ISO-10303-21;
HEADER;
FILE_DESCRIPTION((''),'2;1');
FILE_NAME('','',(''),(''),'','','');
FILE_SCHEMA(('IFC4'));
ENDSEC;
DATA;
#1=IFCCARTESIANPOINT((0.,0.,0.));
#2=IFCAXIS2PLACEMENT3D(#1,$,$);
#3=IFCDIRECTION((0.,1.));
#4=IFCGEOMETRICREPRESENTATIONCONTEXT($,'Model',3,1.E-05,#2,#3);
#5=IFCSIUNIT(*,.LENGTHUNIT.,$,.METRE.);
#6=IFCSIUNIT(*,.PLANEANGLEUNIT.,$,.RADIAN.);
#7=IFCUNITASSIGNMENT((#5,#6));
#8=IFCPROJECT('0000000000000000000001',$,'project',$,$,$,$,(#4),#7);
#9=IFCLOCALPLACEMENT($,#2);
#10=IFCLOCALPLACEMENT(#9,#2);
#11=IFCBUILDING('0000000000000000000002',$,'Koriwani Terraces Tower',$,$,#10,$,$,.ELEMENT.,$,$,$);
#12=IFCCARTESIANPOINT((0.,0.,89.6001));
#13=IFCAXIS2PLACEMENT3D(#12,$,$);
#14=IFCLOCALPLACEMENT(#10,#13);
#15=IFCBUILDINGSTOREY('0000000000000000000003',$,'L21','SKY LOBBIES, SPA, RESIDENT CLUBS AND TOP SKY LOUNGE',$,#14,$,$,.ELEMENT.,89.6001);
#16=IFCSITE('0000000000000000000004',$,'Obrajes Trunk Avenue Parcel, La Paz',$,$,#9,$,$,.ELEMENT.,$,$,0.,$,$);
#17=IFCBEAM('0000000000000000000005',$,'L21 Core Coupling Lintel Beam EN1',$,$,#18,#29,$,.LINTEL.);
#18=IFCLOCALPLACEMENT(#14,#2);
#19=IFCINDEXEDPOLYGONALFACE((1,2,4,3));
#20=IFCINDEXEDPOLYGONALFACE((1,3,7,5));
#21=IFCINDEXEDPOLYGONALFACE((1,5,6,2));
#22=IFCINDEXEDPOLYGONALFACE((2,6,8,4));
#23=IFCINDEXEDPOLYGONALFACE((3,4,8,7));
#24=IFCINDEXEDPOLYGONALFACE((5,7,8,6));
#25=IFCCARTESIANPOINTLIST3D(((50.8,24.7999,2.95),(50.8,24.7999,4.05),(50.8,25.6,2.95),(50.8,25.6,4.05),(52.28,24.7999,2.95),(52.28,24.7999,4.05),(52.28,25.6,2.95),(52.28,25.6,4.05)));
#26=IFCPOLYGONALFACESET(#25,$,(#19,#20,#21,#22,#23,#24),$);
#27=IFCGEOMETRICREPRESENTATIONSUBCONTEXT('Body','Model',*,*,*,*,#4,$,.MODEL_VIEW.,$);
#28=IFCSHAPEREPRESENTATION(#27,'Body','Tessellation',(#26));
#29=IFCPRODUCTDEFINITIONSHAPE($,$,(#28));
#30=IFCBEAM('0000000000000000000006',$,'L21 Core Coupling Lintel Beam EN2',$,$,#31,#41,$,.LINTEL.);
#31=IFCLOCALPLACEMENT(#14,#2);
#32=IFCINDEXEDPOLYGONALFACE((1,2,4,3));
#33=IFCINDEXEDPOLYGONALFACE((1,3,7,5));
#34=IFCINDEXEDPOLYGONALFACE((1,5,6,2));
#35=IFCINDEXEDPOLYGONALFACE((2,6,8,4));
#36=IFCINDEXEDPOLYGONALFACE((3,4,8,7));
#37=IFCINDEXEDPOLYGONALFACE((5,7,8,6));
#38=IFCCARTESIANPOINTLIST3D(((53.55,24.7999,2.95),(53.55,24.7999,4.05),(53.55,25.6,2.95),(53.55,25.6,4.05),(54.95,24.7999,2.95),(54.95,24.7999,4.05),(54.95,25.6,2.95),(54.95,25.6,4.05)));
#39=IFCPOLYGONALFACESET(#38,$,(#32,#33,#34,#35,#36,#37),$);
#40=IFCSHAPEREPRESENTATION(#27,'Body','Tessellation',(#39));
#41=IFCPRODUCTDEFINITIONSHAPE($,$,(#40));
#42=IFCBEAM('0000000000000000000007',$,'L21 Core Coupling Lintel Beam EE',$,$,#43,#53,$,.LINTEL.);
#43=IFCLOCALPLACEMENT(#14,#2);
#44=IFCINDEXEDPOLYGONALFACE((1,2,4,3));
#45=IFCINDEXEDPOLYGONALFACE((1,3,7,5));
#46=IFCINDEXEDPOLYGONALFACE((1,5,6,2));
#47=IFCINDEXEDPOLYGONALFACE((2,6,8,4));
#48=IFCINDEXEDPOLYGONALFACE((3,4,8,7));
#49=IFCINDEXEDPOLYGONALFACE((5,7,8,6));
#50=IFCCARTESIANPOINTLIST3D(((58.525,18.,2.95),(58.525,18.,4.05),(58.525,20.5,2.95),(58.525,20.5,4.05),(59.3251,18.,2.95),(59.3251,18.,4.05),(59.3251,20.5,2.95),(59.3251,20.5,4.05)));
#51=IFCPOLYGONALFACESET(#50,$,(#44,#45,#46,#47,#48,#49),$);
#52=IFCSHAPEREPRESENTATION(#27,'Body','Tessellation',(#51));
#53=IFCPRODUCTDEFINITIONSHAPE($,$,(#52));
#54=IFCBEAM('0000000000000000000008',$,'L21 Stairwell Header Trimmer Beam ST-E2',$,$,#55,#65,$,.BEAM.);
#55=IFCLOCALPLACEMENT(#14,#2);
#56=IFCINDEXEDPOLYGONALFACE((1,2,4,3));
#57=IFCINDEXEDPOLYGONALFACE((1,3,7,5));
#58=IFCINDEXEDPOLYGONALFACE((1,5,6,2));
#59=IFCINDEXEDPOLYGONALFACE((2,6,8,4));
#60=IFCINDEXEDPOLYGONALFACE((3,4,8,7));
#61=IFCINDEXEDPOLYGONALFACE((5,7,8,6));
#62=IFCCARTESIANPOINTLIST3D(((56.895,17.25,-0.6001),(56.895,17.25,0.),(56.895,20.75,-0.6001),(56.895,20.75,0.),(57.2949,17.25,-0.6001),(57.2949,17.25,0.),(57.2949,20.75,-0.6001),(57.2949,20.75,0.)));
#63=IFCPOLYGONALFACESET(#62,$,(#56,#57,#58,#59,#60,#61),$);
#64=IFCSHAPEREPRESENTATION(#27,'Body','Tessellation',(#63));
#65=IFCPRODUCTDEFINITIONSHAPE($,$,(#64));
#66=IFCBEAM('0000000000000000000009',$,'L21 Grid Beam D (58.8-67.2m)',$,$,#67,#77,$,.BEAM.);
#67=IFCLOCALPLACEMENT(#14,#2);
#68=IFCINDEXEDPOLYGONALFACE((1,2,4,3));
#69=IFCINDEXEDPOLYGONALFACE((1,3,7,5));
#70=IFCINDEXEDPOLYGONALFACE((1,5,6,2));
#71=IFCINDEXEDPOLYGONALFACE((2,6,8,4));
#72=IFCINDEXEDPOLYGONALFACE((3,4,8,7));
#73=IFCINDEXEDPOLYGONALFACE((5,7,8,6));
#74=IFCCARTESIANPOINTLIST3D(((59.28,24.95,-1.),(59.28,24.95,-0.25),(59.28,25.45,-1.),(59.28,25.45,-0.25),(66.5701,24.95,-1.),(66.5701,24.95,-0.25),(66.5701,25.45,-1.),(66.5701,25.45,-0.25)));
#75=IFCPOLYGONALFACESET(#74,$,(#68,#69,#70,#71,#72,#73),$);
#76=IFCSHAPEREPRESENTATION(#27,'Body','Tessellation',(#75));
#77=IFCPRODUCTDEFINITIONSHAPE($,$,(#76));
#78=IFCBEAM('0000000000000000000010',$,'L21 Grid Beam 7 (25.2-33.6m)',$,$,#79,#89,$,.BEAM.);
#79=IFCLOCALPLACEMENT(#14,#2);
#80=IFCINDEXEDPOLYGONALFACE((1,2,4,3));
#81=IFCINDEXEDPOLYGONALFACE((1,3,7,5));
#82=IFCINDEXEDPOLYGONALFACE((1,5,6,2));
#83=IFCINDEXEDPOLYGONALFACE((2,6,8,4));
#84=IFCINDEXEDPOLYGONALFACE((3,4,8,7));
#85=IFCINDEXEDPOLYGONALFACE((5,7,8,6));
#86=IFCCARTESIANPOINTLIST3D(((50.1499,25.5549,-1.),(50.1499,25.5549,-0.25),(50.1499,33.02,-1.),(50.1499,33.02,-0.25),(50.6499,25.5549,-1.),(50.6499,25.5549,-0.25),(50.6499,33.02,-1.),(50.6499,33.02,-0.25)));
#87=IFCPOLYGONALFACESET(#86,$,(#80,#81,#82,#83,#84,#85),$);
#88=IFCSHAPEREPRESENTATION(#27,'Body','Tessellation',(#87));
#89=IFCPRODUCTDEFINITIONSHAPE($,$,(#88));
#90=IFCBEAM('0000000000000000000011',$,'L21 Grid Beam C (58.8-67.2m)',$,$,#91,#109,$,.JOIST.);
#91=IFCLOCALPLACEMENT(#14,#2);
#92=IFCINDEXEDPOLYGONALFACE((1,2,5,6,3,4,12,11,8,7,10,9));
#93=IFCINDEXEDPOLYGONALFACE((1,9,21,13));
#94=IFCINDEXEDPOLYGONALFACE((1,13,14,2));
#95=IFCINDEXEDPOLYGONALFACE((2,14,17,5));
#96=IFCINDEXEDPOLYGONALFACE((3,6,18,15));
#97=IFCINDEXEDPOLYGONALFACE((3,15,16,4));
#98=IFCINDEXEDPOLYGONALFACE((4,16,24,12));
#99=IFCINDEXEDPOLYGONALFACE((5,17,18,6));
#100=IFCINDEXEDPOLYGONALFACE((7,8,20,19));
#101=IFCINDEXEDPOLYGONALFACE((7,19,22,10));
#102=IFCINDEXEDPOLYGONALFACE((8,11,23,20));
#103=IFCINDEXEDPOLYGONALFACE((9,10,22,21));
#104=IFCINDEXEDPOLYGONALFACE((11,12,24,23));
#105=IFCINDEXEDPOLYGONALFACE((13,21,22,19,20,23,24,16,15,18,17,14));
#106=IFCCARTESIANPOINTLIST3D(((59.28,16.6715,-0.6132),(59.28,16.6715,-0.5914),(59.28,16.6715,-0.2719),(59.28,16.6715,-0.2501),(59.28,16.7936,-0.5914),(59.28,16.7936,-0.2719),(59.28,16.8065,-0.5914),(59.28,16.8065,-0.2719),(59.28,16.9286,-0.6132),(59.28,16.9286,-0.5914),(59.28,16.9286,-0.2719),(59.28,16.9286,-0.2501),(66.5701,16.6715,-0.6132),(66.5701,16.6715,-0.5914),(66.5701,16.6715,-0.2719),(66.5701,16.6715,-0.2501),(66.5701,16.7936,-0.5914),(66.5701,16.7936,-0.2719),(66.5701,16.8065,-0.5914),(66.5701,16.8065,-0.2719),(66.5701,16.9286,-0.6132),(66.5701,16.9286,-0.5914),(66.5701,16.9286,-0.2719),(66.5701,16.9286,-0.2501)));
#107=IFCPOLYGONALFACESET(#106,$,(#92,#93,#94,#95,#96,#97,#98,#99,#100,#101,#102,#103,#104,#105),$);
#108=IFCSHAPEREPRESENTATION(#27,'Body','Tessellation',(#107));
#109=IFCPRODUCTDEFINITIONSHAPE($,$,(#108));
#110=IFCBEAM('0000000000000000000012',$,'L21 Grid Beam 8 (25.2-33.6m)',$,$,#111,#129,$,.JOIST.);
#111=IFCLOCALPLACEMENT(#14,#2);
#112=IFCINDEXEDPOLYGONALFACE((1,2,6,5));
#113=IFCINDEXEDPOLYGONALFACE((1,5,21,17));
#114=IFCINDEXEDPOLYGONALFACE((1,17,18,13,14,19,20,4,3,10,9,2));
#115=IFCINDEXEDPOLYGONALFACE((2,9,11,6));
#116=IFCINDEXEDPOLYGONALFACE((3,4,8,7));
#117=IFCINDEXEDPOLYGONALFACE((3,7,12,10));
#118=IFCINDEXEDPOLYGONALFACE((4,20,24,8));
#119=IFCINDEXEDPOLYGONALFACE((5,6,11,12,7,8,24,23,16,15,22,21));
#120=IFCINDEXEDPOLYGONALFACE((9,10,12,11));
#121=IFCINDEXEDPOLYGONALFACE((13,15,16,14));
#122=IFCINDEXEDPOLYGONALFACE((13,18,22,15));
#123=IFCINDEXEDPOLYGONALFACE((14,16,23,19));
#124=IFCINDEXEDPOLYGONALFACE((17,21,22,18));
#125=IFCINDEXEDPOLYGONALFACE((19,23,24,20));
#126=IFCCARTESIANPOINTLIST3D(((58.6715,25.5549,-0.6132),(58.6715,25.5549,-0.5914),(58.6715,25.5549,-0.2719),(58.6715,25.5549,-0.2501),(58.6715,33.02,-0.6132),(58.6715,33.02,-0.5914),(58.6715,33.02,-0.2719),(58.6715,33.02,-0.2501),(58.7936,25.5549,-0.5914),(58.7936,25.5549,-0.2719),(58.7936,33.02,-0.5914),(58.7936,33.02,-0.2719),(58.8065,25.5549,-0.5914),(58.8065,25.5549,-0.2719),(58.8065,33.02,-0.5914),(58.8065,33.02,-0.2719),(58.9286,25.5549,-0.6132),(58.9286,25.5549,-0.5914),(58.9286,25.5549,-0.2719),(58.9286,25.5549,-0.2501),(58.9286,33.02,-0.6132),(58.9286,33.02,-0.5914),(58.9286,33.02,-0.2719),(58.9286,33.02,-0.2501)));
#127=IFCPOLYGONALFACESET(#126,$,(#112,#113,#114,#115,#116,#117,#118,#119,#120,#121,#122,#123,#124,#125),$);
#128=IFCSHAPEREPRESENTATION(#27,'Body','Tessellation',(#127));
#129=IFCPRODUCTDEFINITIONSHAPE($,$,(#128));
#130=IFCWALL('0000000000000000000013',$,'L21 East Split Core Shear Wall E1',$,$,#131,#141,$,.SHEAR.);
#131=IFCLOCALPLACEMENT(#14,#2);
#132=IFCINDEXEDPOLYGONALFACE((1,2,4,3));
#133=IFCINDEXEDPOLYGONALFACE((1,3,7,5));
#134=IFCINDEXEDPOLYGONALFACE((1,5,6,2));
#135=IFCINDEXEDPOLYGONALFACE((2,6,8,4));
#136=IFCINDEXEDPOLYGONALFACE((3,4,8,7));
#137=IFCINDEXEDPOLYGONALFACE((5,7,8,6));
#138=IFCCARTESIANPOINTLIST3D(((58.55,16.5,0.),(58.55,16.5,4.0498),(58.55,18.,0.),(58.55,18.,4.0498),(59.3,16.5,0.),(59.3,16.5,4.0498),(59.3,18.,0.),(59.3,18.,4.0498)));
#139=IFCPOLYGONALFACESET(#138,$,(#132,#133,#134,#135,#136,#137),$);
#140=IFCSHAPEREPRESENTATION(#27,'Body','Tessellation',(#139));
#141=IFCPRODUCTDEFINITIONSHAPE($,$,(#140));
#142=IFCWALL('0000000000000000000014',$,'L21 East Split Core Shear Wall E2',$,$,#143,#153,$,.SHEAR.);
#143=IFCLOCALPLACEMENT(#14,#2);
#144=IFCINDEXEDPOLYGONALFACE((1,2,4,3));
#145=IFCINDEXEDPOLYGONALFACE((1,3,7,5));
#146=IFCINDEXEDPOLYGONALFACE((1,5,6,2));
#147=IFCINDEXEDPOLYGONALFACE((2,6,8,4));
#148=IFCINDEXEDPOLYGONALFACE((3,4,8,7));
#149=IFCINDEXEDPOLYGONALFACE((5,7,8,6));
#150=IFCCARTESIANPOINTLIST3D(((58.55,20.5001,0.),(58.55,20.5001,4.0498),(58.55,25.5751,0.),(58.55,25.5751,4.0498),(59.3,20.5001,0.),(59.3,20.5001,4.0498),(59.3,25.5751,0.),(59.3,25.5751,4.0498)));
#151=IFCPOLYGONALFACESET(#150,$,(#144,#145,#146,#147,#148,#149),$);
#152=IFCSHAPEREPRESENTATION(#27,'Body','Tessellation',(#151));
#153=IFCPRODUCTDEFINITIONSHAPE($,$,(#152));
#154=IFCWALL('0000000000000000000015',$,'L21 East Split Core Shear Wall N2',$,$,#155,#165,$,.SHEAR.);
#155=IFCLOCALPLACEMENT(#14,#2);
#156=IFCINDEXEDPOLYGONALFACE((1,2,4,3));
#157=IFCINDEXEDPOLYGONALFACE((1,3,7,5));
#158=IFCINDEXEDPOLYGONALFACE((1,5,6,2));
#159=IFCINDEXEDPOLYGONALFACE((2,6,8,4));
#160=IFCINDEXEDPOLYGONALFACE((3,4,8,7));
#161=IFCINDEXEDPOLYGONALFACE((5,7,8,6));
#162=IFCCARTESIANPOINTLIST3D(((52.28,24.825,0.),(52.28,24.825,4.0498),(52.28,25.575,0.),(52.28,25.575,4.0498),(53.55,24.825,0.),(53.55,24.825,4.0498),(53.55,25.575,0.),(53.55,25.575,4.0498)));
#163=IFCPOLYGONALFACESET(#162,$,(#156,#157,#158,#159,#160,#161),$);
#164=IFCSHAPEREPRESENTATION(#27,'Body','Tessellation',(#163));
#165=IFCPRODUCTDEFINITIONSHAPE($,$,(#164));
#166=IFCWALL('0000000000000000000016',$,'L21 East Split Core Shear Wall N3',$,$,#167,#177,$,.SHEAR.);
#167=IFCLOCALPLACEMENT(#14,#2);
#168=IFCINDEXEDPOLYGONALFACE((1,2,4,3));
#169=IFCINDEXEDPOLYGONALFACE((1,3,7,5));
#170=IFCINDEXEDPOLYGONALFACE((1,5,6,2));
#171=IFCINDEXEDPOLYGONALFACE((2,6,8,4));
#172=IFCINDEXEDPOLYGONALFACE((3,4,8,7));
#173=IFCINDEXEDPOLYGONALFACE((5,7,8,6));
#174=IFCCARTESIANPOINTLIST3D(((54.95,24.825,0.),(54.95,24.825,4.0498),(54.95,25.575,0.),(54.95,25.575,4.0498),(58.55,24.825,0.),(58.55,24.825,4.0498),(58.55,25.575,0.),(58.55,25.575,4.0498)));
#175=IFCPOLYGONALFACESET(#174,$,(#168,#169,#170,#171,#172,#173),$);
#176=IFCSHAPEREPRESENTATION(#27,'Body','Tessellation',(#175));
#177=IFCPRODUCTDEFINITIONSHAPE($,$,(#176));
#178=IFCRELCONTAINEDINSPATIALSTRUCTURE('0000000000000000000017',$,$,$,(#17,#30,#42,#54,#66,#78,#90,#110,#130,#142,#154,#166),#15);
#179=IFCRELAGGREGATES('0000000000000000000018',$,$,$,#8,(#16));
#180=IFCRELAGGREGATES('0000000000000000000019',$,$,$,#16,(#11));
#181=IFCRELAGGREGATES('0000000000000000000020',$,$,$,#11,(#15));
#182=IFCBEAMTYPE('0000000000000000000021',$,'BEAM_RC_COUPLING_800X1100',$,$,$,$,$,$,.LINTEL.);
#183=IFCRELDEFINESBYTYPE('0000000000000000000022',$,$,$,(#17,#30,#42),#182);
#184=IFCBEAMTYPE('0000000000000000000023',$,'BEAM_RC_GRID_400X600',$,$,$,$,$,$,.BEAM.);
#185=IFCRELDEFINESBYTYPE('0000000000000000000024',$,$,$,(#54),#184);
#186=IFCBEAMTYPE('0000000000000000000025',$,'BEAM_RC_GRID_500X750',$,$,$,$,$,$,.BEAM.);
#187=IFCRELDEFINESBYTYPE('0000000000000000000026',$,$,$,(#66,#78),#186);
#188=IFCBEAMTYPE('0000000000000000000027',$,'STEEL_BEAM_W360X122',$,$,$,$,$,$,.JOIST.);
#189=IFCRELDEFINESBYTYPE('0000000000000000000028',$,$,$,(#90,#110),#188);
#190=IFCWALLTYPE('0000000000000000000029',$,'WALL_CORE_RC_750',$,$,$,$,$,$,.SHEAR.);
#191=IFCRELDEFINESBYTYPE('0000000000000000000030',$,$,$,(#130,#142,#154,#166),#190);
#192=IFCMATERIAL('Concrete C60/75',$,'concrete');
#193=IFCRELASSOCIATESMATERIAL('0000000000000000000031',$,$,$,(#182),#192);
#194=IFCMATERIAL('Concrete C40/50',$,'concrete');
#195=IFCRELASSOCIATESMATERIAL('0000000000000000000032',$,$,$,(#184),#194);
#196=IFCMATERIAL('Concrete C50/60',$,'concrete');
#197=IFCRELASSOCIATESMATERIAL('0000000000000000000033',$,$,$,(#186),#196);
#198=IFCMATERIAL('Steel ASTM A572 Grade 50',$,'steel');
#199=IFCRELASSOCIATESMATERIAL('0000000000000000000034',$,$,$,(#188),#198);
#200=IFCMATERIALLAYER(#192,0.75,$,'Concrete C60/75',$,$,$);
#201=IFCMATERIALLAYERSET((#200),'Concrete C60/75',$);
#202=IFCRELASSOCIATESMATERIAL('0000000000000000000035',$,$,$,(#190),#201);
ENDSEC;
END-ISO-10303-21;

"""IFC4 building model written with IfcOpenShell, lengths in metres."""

from ifc_helpers import new_model, si_unit, direction, frame, frame_2d, origin, origin_2d, place, context, subcontext, project, spatial, rectangle, i_section, extrude, material, layer, layer_set, material_profile, profile_set, type_object, element, save


model = new_model("IFC4")

# Units and contexts
model_context = context("Model", 3, precision=1e-05, world=origin(), true_north=direction((0.0, 1.0)))
body_context = subcontext(model_context, "Body", "Model", "MODEL_VIEW")
ifc_project = project(units=[si_unit("LENGTHUNIT", "METRE"), si_unit("PLANEANGLEUNIT", "RADIAN")], contexts=[model_context])

# Site, building, storey
site_placement = place(None, origin())
site = spatial("IfcSite", under=ifc_project, at=site_placement, Name="Obrajes Trunk Avenue Parcel, La Paz", CompositionType="ELEMENT", RefElevation=0.0)
building_placement = place(site_placement, origin())
building = spatial("IfcBuilding", under=site, at=building_placement, Name="Koriwani Terraces Tower", CompositionType="ELEMENT")
storey_placement = place(building_placement, frame((0.0, 0.0, 89.6001)))
storey = spatial("IfcBuildingStorey", under=building, at=storey_placement, Name="L21", Description="SKY LOBBIES, SPA, RESIDENT CLUBS AND TOP SKY LOUNGE", CompositionType="ELEMENT", Elevation=89.6001)

# Beams
ifc_material_1 = material(Name="Concrete C60/75", Category="concrete")
ifc_material_profile_1 = material_profile(ifc_material_1, rectangle(XDim=0.8, YDim=1.1001, at=origin_2d()), Name="Concrete C60/75", Category="LoadBearing")
ifc_profile_set_1 = profile_set([ifc_material_profile_1], Name="Concrete C60/75")
beam_type_1 = type_object("IfcBeamType", Name="BEAM_RC_COUPLING_800X1100", PredefinedType="LINTEL", material=ifc_profile_set_1)
beam_1_placement = place(storey_placement, frame((50.8, 25.2, 3.5), z_axis=(1.0, 0.0, 0.0), x_axis=(0.0, 1.0, 0.0)))
element("IfcBeam", 1, at=beam_1_placement, inside=storey, type_object=beam_type_1, Name="L21 Core Coupling Lintel Beam EN1", PredefinedType="LINTEL", context=body_context, shape_type="SweptSolid", body=[
    extrude(rectangle(XDim=0.8, YDim=1.1001, at=origin_2d()), origin(), (0.0, 0.0, 1.0), 1.48),
])
beam_2_placement = place(storey_placement, frame((53.55, 25.2, 3.5), z_axis=(1.0, 0.0, 0.0), x_axis=(0.0, 1.0, 0.0)))
element("IfcBeam", 2, at=beam_2_placement, inside=storey, type_object=beam_type_1, Name="L21 Core Coupling Lintel Beam EN2", PredefinedType="LINTEL", context=body_context, shape_type="SweptSolid", body=[
    extrude(rectangle(XDim=0.8, YDim=1.1001, at=origin_2d()), origin(), (0.0, 0.0, 1.0), 1.3999),
])
beam_3_placement = place(storey_placement, frame((58.925, 18.0, 3.5), z_axis=(0.0, 1.0, 0.0), x_axis=(-1.0, 0.0, 0.0)))
element("IfcBeam", 3, at=beam_3_placement, inside=storey, type_object=beam_type_1, Name="L21 Core Coupling Lintel Beam EE", PredefinedType="LINTEL", context=body_context, shape_type="SweptSolid", body=[
    extrude(rectangle(XDim=0.8, YDim=1.1001, at=origin_2d()), origin(), (0.0, 0.0, 1.0), 2.5),
])
ifc_material_2 = material(Name="Concrete C40/50", Category="concrete")
ifc_material_profile_2 = material_profile(ifc_material_2, rectangle(XDim=0.3999, YDim=0.6001, at=origin_2d()), Name="Concrete C40/50", Category="LoadBearing")
ifc_profile_set_2 = profile_set([ifc_material_profile_2], Name="Concrete C40/50")
beam_type_2 = type_object("IfcBeamType", Name="BEAM_RC_GRID_400X600", PredefinedType="BEAM", material=ifc_profile_set_2)
beam_4_placement = place(storey_placement, frame((57.095, 17.25, -0.3), z_axis=(0.0, 1.0, 0.0), x_axis=(-1.0, 0.0, 0.0)))
element("IfcBeam", 4, at=beam_4_placement, inside=storey, type_object=beam_type_2, Name="L21 Stairwell Header Trimmer Beam ST-E2", PredefinedType="BEAM", context=body_context, shape_type="SweptSolid", body=[
    extrude(rectangle(XDim=0.3999, YDim=0.6001, at=origin_2d()), origin(), (0.0, 0.0, 1.0), 3.5),
])
ifc_material_3 = material(Name="Concrete C50/60", Category="concrete")
ifc_material_profile_3 = material_profile(ifc_material_3, rectangle(XDim=0.5, YDim=0.75, at=origin_2d()), Name="Concrete C50/60", Category="LoadBearing")
ifc_profile_set_3 = profile_set([ifc_material_profile_3], Name="Concrete C50/60")
beam_type_3 = type_object("IfcBeamType", Name="BEAM_RC_GRID_500X750", PredefinedType="BEAM", material=ifc_profile_set_3)
beam_5_placement = place(storey_placement, frame((59.28, 25.2, -0.625), z_axis=(1.0, 0.0, 0.0), x_axis=(0.0, 1.0, 0.0)))
element("IfcBeam", 5, at=beam_5_placement, inside=storey, type_object=beam_type_3, Name="L21 Grid Beam D (58.8-67.2m)", PredefinedType="BEAM", context=body_context, shape_type="SweptSolid", body=[
    extrude(rectangle(XDim=0.5, YDim=0.75, at=origin_2d()), origin(), (0.0, 0.0, 1.0), 7.29),
])
beam_6_placement = place(storey_placement, frame((50.3999, 25.5549, -0.625), z_axis=(0.0, 1.0, 0.0), x_axis=(-1.0, 0.0, 0.0)))
element("IfcBeam", 6, at=beam_6_placement, inside=storey, type_object=beam_type_3, Name="L21 Grid Beam 7 (25.2-33.6m)", PredefinedType="BEAM", context=body_context, shape_type="SweptSolid", body=[
    extrude(rectangle(XDim=0.5, YDim=0.75, at=origin_2d()), origin(), (0.0, 0.0, 1.0), 7.4651),
])
ifc_material_4 = material(Name="Steel ASTM A572 Grade 50", Category="steel")
ifc_material_profile_4 = material_profile(ifc_material_4, i_section(OverallWidth=0.2571, OverallDepth=0.363, WebThickness=0.0129, FlangeThickness=0.0217, at=origin_2d()), Name="Steel ASTM A572 Grade 50", Category="LoadBearing")
ifc_profile_set_4 = profile_set([ifc_material_profile_4], Name="Steel ASTM A572 Grade 50")
beam_type_4 = type_object("IfcBeamType", Name="STEEL_BEAM_W360X122", PredefinedType="JOIST", material=ifc_profile_set_4)
beam_7_placement = place(storey_placement, frame((59.28, 16.8, -0.4316), z_axis=(1.0, 0.0, 0.0), x_axis=(0.0, 1.0, 0.0)))
element("IfcBeam", 7, at=beam_7_placement, inside=storey, type_object=beam_type_4, Name="L21 Grid Beam C (58.8-67.2m)", PredefinedType="JOIST", context=body_context, shape_type="SweptSolid", body=[
    extrude(i_section(OverallWidth=0.2571, OverallDepth=0.363, WebThickness=0.0129, FlangeThickness=0.0217, at=origin_2d()), origin(), (0.0, 0.0, 1.0), 7.29),
])
beam_8_placement = place(storey_placement, frame((58.8, 25.5549, -0.4316), z_axis=(0.0, 1.0, 0.0), x_axis=(-1.0, 0.0, 0.0)))
element("IfcBeam", 8, at=beam_8_placement, inside=storey, type_object=beam_type_4, Name="L21 Grid Beam 8 (25.2-33.6m)", PredefinedType="JOIST", context=body_context, shape_type="SweptSolid", body=[
    extrude(i_section(OverallWidth=0.2571, OverallDepth=0.363, WebThickness=0.0129, FlangeThickness=0.0217, at=origin_2d()), origin(), (0.0, 0.0, 1.0), 7.4651),
])

# Walls
ifc_layer_1 = layer(ifc_material_1, 0.75, Name="Concrete C60/75")
ifc_layer_set_1 = layer_set([ifc_layer_1], Name="Concrete C60/75")
wall_type_1 = type_object("IfcWallType", Name="WALL_CORE_RC_750", PredefinedType="SHEAR", material=ifc_layer_set_1)
wall_1_placement = place(storey_placement, frame((58.925, 16.5, 0.0), z_axis=(0.0, 0.0, 1.0), x_axis=(0.0, 1.0, 0.0)))
element("IfcWall", 9, at=wall_1_placement, inside=storey, type_object=wall_type_1, Name="L21 East Split Core Shear Wall E1", PredefinedType="SHEAR", context=body_context, shape_type="SweptSolid", body=[
    extrude(rectangle(XDim=1.5, YDim=0.75, at=frame_2d((0.75, 0.0))), origin(), (0.0, 0.0, 1.0), 4.0498),
])
wall_2_placement = place(storey_placement, frame((58.925, 20.5, 0.0), z_axis=(0.0, 0.0, 1.0), x_axis=(0.0, 1.0, 0.0)))
element("IfcWall", 10, at=wall_2_placement, inside=storey, type_object=wall_type_1, Name="L21 East Split Core Shear Wall E2", PredefinedType="SHEAR", context=body_context, shape_type="SweptSolid", body=[
    extrude(rectangle(XDim=5.075, YDim=0.75, at=frame_2d((2.5376, 0.0))), origin(), (0.0, 0.0, 1.0), 4.0498),
])
wall_3_placement = place(storey_placement, frame((52.28, 25.2, 0.0), z_axis=(0.0, 0.0, 1.0), x_axis=(1.0, 0.0, 0.0)))
element("IfcWall", 11, at=wall_3_placement, inside=storey, type_object=wall_type_1, Name="L21 East Split Core Shear Wall N2", PredefinedType="SHEAR", context=body_context, shape_type="SweptSolid", body=[
    extrude(rectangle(XDim=1.27, YDim=0.75, at=frame_2d((0.635, 0.0))), origin(), (0.0, 0.0, 1.0), 4.0498),
])
wall_4_placement = place(storey_placement, frame((54.95, 25.2, 0.0), z_axis=(0.0, 0.0, 1.0), x_axis=(1.0, 0.0, 0.0)))
element("IfcWall", 12, at=wall_4_placement, inside=storey, type_object=wall_type_1, Name="L21 East Split Core Shear Wall N3", PredefinedType="SHEAR", context=body_context, shape_type="SweptSolid", body=[
    extrude(rectangle(XDim=3.6001, YDim=0.75, at=frame_2d((1.8, 0.0))), origin(), (0.0, 0.0, 1.0), 4.0498),
])

save(model, "model.ifc")
